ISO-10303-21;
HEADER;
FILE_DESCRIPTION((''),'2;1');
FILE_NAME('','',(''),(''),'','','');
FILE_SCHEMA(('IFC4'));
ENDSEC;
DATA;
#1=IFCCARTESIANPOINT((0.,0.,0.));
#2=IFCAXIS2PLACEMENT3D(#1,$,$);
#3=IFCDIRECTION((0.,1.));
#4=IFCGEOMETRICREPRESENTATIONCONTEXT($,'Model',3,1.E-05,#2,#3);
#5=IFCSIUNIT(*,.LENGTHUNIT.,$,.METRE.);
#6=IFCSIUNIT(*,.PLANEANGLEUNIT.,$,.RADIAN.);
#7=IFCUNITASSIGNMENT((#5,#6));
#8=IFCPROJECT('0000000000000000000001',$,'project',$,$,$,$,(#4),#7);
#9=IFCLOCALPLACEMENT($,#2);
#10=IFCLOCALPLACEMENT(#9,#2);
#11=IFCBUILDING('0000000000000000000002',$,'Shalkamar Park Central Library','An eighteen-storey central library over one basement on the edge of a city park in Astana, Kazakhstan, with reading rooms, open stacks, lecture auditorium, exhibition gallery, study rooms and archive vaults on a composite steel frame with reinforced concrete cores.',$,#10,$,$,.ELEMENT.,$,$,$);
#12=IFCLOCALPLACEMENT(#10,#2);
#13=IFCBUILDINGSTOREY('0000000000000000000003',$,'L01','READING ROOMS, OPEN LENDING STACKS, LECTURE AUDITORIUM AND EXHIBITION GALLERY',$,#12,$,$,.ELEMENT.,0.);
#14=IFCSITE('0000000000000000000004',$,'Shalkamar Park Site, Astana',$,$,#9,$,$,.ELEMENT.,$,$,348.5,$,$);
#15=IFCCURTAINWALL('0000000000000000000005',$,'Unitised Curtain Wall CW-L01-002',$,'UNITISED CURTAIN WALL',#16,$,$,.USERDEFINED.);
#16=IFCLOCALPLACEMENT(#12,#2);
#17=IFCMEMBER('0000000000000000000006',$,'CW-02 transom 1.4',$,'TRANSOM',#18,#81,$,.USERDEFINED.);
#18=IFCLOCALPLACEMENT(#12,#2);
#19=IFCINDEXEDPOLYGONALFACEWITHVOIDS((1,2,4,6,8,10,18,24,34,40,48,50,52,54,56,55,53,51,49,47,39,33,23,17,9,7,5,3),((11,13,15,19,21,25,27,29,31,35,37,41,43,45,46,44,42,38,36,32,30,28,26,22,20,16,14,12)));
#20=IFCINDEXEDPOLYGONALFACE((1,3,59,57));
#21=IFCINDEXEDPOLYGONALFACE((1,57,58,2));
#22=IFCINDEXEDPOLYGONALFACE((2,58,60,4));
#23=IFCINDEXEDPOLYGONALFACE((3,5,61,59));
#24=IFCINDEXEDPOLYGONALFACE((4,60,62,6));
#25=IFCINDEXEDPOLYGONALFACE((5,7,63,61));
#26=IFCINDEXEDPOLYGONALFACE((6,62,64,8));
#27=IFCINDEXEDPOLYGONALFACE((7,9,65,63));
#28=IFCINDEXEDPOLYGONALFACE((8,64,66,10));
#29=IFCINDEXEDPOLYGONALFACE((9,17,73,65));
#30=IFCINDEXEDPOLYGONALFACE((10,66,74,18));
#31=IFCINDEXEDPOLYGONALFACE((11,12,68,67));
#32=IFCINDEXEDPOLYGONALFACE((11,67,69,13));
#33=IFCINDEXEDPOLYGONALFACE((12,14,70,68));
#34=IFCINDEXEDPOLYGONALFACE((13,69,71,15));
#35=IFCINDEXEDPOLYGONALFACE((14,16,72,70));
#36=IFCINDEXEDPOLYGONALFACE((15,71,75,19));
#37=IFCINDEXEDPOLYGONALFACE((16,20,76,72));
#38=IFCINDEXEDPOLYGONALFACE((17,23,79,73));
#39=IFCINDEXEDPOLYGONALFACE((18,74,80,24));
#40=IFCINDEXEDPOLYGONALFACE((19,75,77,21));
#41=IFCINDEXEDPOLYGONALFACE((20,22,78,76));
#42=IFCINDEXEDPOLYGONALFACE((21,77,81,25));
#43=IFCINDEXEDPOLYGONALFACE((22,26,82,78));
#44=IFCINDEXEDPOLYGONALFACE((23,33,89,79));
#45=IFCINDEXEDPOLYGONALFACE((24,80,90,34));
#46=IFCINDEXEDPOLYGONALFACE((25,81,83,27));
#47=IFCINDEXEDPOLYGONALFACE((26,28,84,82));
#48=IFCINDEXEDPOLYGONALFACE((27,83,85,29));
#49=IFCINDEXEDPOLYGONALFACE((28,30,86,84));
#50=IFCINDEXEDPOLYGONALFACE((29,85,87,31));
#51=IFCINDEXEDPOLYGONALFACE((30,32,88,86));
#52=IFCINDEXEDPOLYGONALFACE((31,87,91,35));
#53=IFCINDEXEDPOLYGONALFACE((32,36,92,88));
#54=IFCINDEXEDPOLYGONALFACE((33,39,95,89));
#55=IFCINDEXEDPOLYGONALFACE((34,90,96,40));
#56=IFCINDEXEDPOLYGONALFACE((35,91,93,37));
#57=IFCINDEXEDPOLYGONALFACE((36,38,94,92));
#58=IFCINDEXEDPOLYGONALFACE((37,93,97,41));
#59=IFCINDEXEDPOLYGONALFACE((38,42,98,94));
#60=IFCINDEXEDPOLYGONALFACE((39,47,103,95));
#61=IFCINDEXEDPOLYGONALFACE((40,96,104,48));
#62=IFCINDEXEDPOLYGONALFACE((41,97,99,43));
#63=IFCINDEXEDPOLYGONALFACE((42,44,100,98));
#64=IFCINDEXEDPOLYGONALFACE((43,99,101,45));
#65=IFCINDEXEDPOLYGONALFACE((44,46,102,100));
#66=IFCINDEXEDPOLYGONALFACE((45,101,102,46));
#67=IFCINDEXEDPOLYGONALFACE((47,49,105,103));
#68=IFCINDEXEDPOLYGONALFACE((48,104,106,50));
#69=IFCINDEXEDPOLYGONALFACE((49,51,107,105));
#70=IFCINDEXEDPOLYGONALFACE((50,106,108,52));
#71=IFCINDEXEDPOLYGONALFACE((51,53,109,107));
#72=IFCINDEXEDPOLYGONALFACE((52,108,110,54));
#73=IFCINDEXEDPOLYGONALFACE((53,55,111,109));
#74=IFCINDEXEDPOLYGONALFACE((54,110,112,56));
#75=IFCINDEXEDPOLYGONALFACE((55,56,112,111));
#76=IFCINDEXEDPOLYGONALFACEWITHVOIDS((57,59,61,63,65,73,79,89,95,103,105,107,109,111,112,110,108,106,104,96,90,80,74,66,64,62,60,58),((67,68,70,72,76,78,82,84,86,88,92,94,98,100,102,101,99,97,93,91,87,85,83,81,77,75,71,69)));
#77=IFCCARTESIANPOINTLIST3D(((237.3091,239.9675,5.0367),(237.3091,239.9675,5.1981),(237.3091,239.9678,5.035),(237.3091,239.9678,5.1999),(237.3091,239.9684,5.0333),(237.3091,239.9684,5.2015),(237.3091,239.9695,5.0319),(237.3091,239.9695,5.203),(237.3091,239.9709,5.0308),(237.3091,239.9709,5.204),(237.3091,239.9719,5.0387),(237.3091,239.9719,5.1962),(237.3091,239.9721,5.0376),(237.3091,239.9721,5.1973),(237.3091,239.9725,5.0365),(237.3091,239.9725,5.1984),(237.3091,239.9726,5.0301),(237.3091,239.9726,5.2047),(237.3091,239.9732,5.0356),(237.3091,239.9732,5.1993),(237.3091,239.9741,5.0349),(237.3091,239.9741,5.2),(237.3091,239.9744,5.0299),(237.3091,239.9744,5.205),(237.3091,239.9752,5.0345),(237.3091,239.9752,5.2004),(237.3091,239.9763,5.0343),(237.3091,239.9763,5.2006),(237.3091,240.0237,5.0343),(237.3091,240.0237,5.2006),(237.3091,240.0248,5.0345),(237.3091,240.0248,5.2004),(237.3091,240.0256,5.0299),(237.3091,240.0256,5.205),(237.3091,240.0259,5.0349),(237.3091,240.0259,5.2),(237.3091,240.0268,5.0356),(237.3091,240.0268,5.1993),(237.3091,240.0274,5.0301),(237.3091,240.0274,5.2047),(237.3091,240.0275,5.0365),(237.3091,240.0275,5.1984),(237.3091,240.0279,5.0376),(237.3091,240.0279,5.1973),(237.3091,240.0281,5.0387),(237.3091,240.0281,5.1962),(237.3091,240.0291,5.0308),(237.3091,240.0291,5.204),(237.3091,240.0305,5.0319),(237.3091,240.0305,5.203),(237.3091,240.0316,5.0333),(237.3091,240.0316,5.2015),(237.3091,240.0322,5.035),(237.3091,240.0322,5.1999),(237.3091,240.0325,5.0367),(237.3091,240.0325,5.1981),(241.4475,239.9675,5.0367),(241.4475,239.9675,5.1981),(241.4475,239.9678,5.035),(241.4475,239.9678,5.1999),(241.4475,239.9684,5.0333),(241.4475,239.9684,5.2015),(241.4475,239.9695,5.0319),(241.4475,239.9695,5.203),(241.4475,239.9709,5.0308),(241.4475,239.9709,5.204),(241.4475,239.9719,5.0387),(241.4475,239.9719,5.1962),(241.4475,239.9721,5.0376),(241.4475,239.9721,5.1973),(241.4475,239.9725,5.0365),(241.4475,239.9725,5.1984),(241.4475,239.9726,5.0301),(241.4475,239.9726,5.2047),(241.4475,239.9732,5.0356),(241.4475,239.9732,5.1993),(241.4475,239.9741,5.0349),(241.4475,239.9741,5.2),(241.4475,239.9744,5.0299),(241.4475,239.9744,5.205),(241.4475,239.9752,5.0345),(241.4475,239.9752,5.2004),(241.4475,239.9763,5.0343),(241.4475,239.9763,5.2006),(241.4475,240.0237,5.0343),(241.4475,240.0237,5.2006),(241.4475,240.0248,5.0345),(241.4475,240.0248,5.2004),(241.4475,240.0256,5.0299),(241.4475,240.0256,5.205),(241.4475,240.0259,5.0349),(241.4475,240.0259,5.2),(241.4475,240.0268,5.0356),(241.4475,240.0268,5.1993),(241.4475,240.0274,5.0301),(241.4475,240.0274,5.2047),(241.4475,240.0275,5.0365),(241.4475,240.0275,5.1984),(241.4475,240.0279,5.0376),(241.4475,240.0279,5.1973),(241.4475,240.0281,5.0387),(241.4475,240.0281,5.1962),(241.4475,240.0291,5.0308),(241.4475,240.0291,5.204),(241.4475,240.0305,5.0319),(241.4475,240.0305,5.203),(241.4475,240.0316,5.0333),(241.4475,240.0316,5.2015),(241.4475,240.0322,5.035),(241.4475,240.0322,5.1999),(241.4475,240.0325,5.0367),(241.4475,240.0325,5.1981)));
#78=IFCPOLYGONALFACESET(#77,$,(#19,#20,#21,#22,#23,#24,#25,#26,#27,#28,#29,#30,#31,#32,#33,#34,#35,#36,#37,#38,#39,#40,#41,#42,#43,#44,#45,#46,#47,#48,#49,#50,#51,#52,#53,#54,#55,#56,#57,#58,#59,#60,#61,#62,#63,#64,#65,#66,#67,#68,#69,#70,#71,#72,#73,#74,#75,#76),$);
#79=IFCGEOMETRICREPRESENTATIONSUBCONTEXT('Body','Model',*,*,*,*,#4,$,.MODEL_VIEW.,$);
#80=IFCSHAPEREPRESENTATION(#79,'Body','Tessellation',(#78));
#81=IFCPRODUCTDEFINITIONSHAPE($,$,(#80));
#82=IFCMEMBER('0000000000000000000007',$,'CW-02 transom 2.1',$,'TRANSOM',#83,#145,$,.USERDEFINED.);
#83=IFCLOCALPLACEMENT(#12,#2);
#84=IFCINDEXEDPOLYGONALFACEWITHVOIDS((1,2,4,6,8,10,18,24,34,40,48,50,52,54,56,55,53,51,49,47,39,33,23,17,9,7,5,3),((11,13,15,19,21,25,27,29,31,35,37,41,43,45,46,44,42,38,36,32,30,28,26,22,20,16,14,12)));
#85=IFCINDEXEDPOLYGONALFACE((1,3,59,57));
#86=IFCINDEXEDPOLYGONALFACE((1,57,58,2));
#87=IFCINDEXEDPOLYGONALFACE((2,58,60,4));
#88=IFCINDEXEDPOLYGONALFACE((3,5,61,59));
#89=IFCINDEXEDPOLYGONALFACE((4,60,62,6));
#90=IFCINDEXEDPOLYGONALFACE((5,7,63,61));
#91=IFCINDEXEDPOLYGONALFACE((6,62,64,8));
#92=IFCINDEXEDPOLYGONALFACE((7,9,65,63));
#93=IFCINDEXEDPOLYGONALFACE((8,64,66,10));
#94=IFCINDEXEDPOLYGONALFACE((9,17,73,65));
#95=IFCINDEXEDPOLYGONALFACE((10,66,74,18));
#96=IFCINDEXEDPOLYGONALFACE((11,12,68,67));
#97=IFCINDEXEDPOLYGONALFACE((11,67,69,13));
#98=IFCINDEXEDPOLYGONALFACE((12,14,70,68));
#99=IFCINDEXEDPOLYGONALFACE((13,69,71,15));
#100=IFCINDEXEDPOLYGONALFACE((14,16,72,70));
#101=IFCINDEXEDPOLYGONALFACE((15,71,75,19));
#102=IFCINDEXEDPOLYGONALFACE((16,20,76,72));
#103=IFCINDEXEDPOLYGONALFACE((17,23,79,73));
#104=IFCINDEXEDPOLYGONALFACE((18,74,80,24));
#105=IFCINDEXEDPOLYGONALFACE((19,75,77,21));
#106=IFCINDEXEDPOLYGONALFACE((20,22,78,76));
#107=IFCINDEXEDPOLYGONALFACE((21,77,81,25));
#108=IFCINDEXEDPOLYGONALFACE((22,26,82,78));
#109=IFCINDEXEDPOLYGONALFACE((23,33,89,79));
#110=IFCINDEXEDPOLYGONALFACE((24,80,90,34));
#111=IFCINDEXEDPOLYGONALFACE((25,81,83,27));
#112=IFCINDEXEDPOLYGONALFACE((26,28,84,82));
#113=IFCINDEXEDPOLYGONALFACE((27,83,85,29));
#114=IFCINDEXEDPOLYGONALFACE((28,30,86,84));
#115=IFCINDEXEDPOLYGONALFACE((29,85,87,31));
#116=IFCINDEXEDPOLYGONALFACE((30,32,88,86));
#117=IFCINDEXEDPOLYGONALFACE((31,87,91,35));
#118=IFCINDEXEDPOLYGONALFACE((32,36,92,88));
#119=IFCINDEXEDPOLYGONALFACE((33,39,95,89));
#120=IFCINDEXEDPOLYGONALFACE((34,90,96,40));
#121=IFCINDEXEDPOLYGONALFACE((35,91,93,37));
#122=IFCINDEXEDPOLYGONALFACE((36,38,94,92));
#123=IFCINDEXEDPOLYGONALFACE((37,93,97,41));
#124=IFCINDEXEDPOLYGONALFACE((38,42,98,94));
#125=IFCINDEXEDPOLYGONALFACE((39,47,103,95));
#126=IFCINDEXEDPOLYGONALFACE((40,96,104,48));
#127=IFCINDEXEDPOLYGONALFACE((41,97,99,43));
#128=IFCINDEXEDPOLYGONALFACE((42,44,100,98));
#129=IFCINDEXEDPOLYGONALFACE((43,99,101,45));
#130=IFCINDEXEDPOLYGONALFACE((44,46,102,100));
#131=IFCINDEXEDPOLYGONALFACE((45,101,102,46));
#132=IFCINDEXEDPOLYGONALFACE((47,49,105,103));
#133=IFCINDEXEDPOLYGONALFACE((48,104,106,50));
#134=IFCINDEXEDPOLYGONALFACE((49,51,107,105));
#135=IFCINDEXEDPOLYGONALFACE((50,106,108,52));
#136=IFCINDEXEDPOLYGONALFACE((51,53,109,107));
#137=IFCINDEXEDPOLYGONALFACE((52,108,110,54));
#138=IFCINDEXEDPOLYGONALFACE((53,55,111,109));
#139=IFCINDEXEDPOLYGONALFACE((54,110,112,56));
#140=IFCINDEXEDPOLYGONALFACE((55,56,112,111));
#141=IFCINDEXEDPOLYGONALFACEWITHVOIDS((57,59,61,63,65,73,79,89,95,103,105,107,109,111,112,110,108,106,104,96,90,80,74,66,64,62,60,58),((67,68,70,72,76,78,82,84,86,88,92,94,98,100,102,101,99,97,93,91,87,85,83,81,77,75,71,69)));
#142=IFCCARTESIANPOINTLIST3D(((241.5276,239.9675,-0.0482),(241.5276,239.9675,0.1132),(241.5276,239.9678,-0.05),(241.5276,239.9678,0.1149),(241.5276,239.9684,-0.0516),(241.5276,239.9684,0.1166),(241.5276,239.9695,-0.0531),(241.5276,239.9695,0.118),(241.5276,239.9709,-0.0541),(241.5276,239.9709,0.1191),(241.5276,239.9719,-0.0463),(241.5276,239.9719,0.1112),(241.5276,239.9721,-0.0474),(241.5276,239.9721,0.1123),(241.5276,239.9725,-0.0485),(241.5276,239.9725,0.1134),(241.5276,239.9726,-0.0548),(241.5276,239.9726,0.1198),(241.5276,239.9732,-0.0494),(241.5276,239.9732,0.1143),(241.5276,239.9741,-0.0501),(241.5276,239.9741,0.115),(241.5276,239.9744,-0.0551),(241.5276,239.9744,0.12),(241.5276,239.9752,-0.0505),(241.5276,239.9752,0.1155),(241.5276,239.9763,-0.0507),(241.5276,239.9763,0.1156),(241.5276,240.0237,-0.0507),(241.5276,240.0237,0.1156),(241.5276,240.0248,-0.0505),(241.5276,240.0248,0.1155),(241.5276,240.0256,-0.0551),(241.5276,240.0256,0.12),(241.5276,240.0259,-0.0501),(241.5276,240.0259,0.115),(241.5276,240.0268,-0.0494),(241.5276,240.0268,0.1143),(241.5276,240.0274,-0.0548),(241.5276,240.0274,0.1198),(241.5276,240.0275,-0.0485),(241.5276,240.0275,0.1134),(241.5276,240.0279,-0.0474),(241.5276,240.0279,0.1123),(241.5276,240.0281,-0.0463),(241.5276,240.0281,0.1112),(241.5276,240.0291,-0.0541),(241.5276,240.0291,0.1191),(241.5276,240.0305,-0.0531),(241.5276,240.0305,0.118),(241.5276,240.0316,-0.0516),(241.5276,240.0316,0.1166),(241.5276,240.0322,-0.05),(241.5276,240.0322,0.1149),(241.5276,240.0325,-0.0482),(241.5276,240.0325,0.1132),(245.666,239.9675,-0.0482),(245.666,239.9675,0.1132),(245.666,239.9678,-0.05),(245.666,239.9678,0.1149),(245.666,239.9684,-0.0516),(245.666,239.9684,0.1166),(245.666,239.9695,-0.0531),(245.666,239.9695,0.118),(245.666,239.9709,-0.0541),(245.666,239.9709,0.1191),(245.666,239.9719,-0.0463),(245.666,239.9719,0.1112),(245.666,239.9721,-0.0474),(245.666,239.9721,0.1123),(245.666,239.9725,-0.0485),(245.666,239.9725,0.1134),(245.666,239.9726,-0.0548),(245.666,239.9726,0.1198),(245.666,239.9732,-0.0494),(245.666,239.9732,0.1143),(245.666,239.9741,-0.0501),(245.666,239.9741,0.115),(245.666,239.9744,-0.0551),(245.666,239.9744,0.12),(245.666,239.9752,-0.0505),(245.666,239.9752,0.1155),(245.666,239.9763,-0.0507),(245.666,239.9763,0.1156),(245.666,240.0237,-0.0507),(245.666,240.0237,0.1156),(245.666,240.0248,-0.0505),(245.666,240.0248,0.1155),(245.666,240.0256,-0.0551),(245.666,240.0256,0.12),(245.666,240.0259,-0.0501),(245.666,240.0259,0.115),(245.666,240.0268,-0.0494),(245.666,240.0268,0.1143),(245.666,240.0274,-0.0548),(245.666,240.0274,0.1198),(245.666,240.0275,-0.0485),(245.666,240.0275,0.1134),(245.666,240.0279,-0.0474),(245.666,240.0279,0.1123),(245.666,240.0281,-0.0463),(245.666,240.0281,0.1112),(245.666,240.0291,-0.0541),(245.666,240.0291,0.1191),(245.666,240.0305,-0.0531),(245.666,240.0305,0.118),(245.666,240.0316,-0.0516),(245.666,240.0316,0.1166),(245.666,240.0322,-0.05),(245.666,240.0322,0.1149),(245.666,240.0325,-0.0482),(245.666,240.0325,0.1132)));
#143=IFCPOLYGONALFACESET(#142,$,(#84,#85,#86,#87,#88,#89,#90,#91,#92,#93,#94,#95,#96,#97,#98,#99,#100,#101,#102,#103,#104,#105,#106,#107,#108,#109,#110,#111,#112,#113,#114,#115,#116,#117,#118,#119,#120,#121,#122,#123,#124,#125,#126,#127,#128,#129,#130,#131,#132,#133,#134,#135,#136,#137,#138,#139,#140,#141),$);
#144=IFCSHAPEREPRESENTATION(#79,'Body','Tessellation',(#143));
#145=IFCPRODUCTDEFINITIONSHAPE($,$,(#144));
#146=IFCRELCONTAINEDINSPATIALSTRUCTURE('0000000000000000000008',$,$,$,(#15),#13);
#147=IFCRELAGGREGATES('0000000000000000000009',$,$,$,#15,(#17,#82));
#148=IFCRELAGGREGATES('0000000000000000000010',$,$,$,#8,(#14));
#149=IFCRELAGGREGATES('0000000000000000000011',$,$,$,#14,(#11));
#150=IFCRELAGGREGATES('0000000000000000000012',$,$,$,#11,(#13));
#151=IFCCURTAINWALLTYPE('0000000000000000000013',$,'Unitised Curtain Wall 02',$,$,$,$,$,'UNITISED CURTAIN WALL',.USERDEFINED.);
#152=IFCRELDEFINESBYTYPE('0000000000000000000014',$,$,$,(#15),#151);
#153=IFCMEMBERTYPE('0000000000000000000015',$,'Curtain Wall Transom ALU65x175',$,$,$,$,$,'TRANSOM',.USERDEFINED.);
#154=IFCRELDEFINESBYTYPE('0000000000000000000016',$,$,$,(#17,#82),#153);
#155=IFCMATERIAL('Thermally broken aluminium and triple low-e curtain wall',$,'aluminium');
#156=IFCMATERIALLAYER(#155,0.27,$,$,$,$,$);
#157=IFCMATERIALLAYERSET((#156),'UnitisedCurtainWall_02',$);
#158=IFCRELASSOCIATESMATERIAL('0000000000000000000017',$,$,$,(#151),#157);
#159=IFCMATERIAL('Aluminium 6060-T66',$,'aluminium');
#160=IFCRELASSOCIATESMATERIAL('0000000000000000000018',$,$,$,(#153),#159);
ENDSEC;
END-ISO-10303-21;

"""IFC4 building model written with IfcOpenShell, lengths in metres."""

from ifc_helpers import new_model, si_unit, direction, frame, origin, origin_2d, place, context, subcontext, project, spatial, hollow_rectangle, extrude, material, layer, layer_set, material_profile, profile_set, type_object, element, aggregate, save


model = new_model("IFC4")

# Units and contexts
model_context = context("Model", 3, precision=1e-05, world=origin(), true_north=direction((0.0, 1.0)))
body_context = subcontext(model_context, "Body", "Model", "MODEL_VIEW")
ifc_project = project(units=[si_unit("LENGTHUNIT", "METRE"), si_unit("PLANEANGLEUNIT", "RADIAN")], contexts=[model_context])

# Site, building, storey
site_placement = place(None, origin())
site = spatial("IfcSite", under=ifc_project, at=site_placement, Name="Shalkamar Park Site, Astana", CompositionType="ELEMENT", RefElevation=348.5)
building_placement = place(site_placement, origin())
building = spatial("IfcBuilding", under=site, at=building_placement, Name="Shalkamar Park Central Library", Description="An eighteen-storey central library over one basement on the edge of a city park in Astana, Kazakhstan, with reading rooms, open stacks, lecture auditorium, exhibition gallery, study rooms and archive vaults on a composite steel frame with reinforced concrete cores.", CompositionType="ELEMENT")
storey_placement = place(building_placement, origin())
storey = spatial("IfcBuildingStorey", under=building, at=storey_placement, Name="L01", Description="READING ROOMS, OPEN LENDING STACKS, LECTURE AUDITORIUM AND EXHIBITION GALLERY", CompositionType="ELEMENT", Elevation=0.0)

# Curtain wall
ifc_material_1 = material(Name="Thermally broken aluminium and triple low-e curtain wall", Category="aluminium")
ifc_layer_1 = layer(ifc_material_1, 0.27)
ifc_layer_set_1 = layer_set([ifc_layer_1], Name="UnitisedCurtainWall_02")
curtain_wall_type_1 = type_object("IfcCurtainWallType", Name="Unitised Curtain Wall 02", ElementType="UNITISED CURTAIN WALL", PredefinedType="USERDEFINED", material=ifc_layer_set_1)
curtain_wall_1_placement = place(storey_placement, origin())
curtain_wall_1 = element("IfcCurtainWall", 1, at=curtain_wall_1_placement, inside=storey, type_object=curtain_wall_type_1, Name="Unitised Curtain Wall CW-L01-002", ObjectType="UNITISED CURTAIN WALL", PredefinedType="USERDEFINED")
ifc_material_2 = material(Name="Aluminium 6060-T66", Category="aluminium")

# Members
ifc_material_profile_1 = material_profile(ifc_material_2, hollow_rectangle(XDim=0.0649, YDim=0.175, WallThickness=0.0044, InnerFilletRadius=0.0044, OuterFilletRadius=0.0068, at=origin_2d()), Name="ALU 65x175x4.5")
ifc_profile_set_1 = profile_set([ifc_material_profile_1], Name="Aluminium 6060-T66")
member_type_1 = type_object("IfcMemberType", Name="Curtain Wall Transom ALU65x175", ElementType="TRANSOM", PredefinedType="USERDEFINED", material=ifc_profile_set_1)
member_1_placement = place(storey_placement, frame((237.3091, 240.0, 5.1174), z_axis=(1.0, 0.0, 0.0), x_axis=(0.0, 1.0, 0.0)))
member_1 = element("IfcMember", 2, at=member_1_placement, type_object=member_type_1, Name="CW-02 transom 1.4", ObjectType="TRANSOM", PredefinedType="USERDEFINED", context=body_context, shape_type="SweptSolid", body=[
    extrude(hollow_rectangle(XDim=0.0649, YDim=0.175, WallThickness=0.0044, InnerFilletRadius=0.0044, OuterFilletRadius=0.0068, at=origin_2d()), origin(), (0.0, 0.0, 1.0), 4.1384),
])
member_2_placement = place(storey_placement, frame((241.5276, 240.0, 0.0325), z_axis=(1.0, 0.0, 0.0), x_axis=(0.0, 1.0, 0.0)))
member_2 = element("IfcMember", 3, at=member_2_placement, type_object=member_type_1, Name="CW-02 transom 2.1", ObjectType="TRANSOM", PredefinedType="USERDEFINED", context=body_context, shape_type="SweptSolid", body=[
    extrude(hollow_rectangle(XDim=0.0649, YDim=0.175, WallThickness=0.0044, InnerFilletRadius=0.0044, OuterFilletRadius=0.0068, at=origin_2d()), origin(), (0.0, 0.0, 1.0), 4.1384),
])

aggregate(curtain_wall_1, [member_1, member_2])

save(model, "model.ifc")
